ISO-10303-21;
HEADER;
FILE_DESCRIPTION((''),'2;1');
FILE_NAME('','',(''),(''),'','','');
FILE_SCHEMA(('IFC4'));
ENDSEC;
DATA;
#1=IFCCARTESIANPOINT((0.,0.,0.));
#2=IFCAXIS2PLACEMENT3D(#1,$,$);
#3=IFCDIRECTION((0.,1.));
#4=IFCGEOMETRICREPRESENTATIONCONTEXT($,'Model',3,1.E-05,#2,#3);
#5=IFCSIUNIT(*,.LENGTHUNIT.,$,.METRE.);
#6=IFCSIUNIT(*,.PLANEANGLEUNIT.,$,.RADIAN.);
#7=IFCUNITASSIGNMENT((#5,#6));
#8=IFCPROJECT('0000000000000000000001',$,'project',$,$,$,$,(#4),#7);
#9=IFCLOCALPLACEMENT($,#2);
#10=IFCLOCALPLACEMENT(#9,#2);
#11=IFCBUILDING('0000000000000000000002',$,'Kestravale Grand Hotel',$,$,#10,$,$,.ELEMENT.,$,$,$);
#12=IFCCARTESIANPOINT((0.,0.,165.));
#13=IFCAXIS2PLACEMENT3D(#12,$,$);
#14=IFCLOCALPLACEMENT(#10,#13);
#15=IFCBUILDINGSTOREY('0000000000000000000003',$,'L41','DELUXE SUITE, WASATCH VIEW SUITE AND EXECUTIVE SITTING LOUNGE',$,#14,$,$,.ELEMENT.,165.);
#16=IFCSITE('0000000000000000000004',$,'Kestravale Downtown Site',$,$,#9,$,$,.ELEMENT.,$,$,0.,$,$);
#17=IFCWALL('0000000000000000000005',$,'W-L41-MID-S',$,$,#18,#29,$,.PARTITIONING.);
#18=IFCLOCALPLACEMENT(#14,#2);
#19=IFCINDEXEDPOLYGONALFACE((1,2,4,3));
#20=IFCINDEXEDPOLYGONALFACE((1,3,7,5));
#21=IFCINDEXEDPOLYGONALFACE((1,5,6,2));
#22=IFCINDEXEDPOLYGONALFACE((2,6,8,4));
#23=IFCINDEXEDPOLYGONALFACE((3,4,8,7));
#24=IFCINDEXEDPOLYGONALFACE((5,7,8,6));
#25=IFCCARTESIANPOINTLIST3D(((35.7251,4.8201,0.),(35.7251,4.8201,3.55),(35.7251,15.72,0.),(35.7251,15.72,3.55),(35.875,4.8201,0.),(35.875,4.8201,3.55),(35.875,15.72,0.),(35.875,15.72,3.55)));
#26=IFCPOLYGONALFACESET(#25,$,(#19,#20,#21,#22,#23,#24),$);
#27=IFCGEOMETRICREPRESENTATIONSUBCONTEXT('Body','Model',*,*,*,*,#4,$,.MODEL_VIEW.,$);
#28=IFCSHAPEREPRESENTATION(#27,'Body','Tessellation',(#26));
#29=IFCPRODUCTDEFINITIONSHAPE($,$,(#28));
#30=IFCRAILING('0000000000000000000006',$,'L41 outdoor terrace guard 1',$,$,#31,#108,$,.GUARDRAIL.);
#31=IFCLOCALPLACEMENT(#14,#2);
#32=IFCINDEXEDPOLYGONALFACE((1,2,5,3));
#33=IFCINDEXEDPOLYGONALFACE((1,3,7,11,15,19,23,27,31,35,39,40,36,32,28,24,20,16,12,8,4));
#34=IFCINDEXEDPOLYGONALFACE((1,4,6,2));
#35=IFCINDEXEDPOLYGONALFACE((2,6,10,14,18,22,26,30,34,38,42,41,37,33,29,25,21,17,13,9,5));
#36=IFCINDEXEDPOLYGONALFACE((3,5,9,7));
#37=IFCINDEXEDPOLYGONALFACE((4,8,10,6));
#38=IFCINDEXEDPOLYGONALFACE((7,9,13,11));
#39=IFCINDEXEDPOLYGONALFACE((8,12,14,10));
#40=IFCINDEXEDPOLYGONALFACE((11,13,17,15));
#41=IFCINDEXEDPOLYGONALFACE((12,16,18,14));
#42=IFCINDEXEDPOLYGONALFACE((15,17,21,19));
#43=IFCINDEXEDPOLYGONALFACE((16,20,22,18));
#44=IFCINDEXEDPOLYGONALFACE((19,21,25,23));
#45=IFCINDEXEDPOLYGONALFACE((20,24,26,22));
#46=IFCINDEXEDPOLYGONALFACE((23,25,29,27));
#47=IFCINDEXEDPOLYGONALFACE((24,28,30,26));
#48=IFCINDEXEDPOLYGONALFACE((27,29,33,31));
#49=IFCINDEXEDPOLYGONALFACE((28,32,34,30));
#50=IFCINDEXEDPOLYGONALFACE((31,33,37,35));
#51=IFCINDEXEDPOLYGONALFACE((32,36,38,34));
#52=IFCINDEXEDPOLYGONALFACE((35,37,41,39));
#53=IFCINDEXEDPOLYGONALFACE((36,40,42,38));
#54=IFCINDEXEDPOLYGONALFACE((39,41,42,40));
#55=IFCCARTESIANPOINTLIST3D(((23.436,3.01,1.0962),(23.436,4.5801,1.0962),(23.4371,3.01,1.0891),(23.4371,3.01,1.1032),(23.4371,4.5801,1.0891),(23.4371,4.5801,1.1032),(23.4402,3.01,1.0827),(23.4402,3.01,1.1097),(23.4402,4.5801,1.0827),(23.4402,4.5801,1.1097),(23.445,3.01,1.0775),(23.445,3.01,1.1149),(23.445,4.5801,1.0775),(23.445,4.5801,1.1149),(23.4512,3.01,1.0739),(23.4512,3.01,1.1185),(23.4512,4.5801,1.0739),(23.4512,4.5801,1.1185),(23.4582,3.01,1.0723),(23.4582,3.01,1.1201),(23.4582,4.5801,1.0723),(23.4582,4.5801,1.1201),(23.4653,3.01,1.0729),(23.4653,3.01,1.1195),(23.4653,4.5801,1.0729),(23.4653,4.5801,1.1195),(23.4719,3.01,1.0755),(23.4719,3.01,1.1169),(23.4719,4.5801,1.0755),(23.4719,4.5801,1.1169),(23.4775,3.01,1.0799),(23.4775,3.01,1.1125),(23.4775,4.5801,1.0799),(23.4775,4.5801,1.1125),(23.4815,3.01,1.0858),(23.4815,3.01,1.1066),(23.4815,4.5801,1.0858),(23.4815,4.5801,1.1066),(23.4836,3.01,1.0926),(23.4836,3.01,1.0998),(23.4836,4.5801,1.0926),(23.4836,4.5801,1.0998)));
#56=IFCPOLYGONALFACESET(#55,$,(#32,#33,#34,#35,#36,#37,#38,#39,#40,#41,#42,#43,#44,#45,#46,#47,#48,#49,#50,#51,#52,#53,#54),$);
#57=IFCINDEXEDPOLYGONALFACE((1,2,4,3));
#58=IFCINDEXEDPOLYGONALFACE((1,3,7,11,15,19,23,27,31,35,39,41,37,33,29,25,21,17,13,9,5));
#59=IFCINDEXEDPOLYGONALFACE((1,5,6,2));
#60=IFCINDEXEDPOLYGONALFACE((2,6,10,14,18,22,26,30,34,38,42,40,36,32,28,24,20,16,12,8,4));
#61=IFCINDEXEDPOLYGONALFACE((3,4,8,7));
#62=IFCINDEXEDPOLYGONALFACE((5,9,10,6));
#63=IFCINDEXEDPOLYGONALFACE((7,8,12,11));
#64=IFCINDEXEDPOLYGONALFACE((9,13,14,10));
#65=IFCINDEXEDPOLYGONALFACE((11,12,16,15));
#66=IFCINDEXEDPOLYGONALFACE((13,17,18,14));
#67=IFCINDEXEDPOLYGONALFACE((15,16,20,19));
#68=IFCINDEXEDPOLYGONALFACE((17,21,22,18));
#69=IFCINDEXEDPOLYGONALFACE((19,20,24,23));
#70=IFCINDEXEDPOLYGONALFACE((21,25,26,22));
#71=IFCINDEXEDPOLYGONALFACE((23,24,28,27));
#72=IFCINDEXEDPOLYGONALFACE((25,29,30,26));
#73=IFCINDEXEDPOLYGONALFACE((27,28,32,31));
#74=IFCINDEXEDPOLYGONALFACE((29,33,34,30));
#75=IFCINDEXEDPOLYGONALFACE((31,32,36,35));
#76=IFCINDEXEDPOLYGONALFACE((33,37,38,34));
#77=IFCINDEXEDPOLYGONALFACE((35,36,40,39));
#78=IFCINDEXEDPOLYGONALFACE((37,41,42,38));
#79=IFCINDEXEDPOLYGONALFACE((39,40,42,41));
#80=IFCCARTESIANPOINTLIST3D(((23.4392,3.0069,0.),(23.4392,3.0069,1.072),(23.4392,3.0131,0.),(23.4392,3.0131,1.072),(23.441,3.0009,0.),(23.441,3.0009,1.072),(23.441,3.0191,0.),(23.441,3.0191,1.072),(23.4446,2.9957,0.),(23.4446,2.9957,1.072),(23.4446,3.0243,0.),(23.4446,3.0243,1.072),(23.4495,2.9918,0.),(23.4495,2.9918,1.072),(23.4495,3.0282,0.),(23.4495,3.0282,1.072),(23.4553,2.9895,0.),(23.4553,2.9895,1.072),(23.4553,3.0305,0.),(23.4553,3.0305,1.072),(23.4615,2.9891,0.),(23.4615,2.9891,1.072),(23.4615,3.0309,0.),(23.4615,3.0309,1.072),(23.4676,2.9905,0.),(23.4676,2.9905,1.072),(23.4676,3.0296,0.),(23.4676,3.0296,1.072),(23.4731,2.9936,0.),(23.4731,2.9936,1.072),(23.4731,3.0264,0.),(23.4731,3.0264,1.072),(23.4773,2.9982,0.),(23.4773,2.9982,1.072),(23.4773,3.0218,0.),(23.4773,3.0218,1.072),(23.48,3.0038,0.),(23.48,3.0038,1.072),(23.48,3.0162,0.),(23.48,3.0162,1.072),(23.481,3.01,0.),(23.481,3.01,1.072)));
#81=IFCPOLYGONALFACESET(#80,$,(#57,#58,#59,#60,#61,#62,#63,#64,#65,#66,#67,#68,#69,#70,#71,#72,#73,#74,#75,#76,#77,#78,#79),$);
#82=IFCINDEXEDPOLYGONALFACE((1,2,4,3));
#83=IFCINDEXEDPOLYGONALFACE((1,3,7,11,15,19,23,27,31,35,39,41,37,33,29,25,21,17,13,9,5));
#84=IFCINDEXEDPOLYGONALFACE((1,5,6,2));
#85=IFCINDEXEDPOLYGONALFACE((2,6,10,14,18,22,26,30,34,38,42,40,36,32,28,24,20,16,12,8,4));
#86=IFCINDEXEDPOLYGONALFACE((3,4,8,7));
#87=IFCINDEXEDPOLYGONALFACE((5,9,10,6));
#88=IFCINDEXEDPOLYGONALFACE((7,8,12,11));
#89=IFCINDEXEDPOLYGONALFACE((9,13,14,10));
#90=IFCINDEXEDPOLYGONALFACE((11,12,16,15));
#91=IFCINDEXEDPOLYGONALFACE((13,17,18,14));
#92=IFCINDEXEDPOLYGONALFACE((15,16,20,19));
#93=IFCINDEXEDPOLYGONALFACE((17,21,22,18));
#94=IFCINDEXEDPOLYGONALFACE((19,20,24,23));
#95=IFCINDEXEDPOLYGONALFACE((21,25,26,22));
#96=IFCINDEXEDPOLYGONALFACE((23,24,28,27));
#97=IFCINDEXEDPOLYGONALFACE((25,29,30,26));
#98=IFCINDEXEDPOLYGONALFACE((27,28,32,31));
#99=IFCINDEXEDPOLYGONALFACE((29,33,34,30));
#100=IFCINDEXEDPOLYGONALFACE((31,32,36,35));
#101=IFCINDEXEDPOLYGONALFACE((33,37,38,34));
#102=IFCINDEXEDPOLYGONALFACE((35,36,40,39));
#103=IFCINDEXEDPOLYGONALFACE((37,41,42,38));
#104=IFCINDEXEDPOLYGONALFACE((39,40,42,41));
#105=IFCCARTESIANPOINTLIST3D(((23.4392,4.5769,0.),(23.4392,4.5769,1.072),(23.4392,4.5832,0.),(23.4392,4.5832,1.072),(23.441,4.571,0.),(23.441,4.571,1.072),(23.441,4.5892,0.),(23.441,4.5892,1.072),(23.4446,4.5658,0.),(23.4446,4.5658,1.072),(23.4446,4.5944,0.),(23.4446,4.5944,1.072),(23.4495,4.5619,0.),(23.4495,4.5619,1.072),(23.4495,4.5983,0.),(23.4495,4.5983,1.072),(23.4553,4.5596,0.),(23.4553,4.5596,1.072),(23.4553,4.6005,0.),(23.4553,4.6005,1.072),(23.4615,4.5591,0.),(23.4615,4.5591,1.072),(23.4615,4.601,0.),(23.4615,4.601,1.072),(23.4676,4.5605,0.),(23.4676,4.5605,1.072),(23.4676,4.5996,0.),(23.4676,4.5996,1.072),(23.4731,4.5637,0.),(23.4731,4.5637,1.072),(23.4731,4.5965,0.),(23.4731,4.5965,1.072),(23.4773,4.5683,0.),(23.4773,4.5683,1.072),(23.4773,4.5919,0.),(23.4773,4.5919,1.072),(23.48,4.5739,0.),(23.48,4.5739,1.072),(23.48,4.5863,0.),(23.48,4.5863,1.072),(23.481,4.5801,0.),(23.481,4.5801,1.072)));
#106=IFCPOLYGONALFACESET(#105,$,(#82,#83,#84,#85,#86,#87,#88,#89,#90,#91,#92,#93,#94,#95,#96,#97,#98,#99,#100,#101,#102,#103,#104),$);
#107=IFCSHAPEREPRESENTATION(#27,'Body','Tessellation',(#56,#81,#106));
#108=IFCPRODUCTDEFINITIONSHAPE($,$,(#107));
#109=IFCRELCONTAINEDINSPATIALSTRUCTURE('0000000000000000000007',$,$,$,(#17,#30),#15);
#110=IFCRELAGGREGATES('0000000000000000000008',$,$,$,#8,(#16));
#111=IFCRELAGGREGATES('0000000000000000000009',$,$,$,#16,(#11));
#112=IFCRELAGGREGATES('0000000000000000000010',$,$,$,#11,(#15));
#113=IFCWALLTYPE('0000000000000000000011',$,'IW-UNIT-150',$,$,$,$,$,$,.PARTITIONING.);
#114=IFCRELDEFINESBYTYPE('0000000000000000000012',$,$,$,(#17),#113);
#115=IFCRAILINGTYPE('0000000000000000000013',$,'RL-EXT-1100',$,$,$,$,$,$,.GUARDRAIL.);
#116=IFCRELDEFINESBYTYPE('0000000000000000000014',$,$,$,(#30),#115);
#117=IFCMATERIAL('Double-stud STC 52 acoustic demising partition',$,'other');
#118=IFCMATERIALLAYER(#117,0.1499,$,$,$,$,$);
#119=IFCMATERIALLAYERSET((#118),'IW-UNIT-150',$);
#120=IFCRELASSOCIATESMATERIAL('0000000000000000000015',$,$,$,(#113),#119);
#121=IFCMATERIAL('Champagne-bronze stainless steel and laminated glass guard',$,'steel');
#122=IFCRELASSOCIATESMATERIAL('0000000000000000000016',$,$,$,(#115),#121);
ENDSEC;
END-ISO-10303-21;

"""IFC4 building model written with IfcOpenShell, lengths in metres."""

from ifc_helpers import new_model, si_unit, direction, frame, frame_2d, origin, origin_2d, place, context, subcontext, project, spatial, rectangle, circle, extrude, material, layer, layer_set, type_object, element, save


model = new_model("IFC4")

# Units and contexts
model_context = context("Model", 3, precision=1e-05, world=origin(), true_north=direction((0.0, 1.0)))
body_context = subcontext(model_context, "Body", "Model", "MODEL_VIEW")
ifc_project = project(units=[si_unit("LENGTHUNIT", "METRE"), si_unit("PLANEANGLEUNIT", "RADIAN")], contexts=[model_context])

# Site, building, storey
site_placement = place(None, origin())
site = spatial("IfcSite", under=ifc_project, at=site_placement, Name="Kestravale Downtown Site", CompositionType="ELEMENT", RefElevation=0.0)
building_placement = place(site_placement, origin())
building = spatial("IfcBuilding", under=site, at=building_placement, Name="Kestravale Grand Hotel", CompositionType="ELEMENT")
storey_placement = place(building_placement, frame((0.0, 0.0, 165.0)))
storey = spatial("IfcBuildingStorey", under=building, at=storey_placement, Name="L41", Description="DELUXE SUITE, WASATCH VIEW SUITE AND EXECUTIVE SITTING LOUNGE", CompositionType="ELEMENT", Elevation=165.0)

# Wall
ifc_material_1 = material(Name="Double-stud STC 52 acoustic demising partition", Category="other")
ifc_layer_1 = layer(ifc_material_1, 0.1499)
ifc_layer_set_1 = layer_set([ifc_layer_1], Name="IW-UNIT-150")
wall_type_1 = type_object("IfcWallType", Name="IW-UNIT-150", PredefinedType="PARTITIONING", material=ifc_layer_set_1)
wall_1_placement = place(storey_placement, frame((35.8, 4.8201, 0.0), z_axis=(0.0, 0.0, 1.0), x_axis=(0.0, 1.0, 0.0)))
element("IfcWall", 1, at=wall_1_placement, inside=storey, type_object=wall_type_1, Name="W-L41-MID-S", PredefinedType="PARTITIONING", context=body_context, shape_type="SweptSolid", body=[
    extrude(rectangle(XDim=10.8999, YDim=0.1499, at=frame_2d((5.45, 0.0))), origin(), (0.0, 0.0, 1.0), 3.55),
])

# Railing
ifc_material_2 = material(Name="Champagne-bronze stainless steel and laminated glass guard", Category="steel")
railing_type = type_object("IfcRailingType", Name="RL-EXT-1100", PredefinedType="GUARDRAIL", material=ifc_material_2)
railing_1_placement = place(storey_placement, frame((23.46, 3.01, 0.0)))
element("IfcRailing", 2, at=railing_1_placement, inside=storey, type_object=railing_type, Name="L41 outdoor terrace guard 1", PredefinedType="GUARDRAIL", context=body_context, shape_type="SweptSolid", body=[
    extrude(circle(Radius=0.0239, at=origin_2d()), frame((0.0, 0.0, 1.0962), z_axis=(0.0, 1.0, 0.0), x_axis=(-1.0, 0.0, 0.0)), (0.0, 0.0, 1.0), 1.5701),
    extrude(circle(Radius=0.021, at=origin_2d()), origin(), (0.0, 0.0, 1.0), 1.072),
    extrude(circle(Radius=0.021, at=origin_2d()), frame((0.0, 1.5701, 0.0)), (0.0, 0.0, 1.0), 1.072),
])

save(model, "model.ifc")
